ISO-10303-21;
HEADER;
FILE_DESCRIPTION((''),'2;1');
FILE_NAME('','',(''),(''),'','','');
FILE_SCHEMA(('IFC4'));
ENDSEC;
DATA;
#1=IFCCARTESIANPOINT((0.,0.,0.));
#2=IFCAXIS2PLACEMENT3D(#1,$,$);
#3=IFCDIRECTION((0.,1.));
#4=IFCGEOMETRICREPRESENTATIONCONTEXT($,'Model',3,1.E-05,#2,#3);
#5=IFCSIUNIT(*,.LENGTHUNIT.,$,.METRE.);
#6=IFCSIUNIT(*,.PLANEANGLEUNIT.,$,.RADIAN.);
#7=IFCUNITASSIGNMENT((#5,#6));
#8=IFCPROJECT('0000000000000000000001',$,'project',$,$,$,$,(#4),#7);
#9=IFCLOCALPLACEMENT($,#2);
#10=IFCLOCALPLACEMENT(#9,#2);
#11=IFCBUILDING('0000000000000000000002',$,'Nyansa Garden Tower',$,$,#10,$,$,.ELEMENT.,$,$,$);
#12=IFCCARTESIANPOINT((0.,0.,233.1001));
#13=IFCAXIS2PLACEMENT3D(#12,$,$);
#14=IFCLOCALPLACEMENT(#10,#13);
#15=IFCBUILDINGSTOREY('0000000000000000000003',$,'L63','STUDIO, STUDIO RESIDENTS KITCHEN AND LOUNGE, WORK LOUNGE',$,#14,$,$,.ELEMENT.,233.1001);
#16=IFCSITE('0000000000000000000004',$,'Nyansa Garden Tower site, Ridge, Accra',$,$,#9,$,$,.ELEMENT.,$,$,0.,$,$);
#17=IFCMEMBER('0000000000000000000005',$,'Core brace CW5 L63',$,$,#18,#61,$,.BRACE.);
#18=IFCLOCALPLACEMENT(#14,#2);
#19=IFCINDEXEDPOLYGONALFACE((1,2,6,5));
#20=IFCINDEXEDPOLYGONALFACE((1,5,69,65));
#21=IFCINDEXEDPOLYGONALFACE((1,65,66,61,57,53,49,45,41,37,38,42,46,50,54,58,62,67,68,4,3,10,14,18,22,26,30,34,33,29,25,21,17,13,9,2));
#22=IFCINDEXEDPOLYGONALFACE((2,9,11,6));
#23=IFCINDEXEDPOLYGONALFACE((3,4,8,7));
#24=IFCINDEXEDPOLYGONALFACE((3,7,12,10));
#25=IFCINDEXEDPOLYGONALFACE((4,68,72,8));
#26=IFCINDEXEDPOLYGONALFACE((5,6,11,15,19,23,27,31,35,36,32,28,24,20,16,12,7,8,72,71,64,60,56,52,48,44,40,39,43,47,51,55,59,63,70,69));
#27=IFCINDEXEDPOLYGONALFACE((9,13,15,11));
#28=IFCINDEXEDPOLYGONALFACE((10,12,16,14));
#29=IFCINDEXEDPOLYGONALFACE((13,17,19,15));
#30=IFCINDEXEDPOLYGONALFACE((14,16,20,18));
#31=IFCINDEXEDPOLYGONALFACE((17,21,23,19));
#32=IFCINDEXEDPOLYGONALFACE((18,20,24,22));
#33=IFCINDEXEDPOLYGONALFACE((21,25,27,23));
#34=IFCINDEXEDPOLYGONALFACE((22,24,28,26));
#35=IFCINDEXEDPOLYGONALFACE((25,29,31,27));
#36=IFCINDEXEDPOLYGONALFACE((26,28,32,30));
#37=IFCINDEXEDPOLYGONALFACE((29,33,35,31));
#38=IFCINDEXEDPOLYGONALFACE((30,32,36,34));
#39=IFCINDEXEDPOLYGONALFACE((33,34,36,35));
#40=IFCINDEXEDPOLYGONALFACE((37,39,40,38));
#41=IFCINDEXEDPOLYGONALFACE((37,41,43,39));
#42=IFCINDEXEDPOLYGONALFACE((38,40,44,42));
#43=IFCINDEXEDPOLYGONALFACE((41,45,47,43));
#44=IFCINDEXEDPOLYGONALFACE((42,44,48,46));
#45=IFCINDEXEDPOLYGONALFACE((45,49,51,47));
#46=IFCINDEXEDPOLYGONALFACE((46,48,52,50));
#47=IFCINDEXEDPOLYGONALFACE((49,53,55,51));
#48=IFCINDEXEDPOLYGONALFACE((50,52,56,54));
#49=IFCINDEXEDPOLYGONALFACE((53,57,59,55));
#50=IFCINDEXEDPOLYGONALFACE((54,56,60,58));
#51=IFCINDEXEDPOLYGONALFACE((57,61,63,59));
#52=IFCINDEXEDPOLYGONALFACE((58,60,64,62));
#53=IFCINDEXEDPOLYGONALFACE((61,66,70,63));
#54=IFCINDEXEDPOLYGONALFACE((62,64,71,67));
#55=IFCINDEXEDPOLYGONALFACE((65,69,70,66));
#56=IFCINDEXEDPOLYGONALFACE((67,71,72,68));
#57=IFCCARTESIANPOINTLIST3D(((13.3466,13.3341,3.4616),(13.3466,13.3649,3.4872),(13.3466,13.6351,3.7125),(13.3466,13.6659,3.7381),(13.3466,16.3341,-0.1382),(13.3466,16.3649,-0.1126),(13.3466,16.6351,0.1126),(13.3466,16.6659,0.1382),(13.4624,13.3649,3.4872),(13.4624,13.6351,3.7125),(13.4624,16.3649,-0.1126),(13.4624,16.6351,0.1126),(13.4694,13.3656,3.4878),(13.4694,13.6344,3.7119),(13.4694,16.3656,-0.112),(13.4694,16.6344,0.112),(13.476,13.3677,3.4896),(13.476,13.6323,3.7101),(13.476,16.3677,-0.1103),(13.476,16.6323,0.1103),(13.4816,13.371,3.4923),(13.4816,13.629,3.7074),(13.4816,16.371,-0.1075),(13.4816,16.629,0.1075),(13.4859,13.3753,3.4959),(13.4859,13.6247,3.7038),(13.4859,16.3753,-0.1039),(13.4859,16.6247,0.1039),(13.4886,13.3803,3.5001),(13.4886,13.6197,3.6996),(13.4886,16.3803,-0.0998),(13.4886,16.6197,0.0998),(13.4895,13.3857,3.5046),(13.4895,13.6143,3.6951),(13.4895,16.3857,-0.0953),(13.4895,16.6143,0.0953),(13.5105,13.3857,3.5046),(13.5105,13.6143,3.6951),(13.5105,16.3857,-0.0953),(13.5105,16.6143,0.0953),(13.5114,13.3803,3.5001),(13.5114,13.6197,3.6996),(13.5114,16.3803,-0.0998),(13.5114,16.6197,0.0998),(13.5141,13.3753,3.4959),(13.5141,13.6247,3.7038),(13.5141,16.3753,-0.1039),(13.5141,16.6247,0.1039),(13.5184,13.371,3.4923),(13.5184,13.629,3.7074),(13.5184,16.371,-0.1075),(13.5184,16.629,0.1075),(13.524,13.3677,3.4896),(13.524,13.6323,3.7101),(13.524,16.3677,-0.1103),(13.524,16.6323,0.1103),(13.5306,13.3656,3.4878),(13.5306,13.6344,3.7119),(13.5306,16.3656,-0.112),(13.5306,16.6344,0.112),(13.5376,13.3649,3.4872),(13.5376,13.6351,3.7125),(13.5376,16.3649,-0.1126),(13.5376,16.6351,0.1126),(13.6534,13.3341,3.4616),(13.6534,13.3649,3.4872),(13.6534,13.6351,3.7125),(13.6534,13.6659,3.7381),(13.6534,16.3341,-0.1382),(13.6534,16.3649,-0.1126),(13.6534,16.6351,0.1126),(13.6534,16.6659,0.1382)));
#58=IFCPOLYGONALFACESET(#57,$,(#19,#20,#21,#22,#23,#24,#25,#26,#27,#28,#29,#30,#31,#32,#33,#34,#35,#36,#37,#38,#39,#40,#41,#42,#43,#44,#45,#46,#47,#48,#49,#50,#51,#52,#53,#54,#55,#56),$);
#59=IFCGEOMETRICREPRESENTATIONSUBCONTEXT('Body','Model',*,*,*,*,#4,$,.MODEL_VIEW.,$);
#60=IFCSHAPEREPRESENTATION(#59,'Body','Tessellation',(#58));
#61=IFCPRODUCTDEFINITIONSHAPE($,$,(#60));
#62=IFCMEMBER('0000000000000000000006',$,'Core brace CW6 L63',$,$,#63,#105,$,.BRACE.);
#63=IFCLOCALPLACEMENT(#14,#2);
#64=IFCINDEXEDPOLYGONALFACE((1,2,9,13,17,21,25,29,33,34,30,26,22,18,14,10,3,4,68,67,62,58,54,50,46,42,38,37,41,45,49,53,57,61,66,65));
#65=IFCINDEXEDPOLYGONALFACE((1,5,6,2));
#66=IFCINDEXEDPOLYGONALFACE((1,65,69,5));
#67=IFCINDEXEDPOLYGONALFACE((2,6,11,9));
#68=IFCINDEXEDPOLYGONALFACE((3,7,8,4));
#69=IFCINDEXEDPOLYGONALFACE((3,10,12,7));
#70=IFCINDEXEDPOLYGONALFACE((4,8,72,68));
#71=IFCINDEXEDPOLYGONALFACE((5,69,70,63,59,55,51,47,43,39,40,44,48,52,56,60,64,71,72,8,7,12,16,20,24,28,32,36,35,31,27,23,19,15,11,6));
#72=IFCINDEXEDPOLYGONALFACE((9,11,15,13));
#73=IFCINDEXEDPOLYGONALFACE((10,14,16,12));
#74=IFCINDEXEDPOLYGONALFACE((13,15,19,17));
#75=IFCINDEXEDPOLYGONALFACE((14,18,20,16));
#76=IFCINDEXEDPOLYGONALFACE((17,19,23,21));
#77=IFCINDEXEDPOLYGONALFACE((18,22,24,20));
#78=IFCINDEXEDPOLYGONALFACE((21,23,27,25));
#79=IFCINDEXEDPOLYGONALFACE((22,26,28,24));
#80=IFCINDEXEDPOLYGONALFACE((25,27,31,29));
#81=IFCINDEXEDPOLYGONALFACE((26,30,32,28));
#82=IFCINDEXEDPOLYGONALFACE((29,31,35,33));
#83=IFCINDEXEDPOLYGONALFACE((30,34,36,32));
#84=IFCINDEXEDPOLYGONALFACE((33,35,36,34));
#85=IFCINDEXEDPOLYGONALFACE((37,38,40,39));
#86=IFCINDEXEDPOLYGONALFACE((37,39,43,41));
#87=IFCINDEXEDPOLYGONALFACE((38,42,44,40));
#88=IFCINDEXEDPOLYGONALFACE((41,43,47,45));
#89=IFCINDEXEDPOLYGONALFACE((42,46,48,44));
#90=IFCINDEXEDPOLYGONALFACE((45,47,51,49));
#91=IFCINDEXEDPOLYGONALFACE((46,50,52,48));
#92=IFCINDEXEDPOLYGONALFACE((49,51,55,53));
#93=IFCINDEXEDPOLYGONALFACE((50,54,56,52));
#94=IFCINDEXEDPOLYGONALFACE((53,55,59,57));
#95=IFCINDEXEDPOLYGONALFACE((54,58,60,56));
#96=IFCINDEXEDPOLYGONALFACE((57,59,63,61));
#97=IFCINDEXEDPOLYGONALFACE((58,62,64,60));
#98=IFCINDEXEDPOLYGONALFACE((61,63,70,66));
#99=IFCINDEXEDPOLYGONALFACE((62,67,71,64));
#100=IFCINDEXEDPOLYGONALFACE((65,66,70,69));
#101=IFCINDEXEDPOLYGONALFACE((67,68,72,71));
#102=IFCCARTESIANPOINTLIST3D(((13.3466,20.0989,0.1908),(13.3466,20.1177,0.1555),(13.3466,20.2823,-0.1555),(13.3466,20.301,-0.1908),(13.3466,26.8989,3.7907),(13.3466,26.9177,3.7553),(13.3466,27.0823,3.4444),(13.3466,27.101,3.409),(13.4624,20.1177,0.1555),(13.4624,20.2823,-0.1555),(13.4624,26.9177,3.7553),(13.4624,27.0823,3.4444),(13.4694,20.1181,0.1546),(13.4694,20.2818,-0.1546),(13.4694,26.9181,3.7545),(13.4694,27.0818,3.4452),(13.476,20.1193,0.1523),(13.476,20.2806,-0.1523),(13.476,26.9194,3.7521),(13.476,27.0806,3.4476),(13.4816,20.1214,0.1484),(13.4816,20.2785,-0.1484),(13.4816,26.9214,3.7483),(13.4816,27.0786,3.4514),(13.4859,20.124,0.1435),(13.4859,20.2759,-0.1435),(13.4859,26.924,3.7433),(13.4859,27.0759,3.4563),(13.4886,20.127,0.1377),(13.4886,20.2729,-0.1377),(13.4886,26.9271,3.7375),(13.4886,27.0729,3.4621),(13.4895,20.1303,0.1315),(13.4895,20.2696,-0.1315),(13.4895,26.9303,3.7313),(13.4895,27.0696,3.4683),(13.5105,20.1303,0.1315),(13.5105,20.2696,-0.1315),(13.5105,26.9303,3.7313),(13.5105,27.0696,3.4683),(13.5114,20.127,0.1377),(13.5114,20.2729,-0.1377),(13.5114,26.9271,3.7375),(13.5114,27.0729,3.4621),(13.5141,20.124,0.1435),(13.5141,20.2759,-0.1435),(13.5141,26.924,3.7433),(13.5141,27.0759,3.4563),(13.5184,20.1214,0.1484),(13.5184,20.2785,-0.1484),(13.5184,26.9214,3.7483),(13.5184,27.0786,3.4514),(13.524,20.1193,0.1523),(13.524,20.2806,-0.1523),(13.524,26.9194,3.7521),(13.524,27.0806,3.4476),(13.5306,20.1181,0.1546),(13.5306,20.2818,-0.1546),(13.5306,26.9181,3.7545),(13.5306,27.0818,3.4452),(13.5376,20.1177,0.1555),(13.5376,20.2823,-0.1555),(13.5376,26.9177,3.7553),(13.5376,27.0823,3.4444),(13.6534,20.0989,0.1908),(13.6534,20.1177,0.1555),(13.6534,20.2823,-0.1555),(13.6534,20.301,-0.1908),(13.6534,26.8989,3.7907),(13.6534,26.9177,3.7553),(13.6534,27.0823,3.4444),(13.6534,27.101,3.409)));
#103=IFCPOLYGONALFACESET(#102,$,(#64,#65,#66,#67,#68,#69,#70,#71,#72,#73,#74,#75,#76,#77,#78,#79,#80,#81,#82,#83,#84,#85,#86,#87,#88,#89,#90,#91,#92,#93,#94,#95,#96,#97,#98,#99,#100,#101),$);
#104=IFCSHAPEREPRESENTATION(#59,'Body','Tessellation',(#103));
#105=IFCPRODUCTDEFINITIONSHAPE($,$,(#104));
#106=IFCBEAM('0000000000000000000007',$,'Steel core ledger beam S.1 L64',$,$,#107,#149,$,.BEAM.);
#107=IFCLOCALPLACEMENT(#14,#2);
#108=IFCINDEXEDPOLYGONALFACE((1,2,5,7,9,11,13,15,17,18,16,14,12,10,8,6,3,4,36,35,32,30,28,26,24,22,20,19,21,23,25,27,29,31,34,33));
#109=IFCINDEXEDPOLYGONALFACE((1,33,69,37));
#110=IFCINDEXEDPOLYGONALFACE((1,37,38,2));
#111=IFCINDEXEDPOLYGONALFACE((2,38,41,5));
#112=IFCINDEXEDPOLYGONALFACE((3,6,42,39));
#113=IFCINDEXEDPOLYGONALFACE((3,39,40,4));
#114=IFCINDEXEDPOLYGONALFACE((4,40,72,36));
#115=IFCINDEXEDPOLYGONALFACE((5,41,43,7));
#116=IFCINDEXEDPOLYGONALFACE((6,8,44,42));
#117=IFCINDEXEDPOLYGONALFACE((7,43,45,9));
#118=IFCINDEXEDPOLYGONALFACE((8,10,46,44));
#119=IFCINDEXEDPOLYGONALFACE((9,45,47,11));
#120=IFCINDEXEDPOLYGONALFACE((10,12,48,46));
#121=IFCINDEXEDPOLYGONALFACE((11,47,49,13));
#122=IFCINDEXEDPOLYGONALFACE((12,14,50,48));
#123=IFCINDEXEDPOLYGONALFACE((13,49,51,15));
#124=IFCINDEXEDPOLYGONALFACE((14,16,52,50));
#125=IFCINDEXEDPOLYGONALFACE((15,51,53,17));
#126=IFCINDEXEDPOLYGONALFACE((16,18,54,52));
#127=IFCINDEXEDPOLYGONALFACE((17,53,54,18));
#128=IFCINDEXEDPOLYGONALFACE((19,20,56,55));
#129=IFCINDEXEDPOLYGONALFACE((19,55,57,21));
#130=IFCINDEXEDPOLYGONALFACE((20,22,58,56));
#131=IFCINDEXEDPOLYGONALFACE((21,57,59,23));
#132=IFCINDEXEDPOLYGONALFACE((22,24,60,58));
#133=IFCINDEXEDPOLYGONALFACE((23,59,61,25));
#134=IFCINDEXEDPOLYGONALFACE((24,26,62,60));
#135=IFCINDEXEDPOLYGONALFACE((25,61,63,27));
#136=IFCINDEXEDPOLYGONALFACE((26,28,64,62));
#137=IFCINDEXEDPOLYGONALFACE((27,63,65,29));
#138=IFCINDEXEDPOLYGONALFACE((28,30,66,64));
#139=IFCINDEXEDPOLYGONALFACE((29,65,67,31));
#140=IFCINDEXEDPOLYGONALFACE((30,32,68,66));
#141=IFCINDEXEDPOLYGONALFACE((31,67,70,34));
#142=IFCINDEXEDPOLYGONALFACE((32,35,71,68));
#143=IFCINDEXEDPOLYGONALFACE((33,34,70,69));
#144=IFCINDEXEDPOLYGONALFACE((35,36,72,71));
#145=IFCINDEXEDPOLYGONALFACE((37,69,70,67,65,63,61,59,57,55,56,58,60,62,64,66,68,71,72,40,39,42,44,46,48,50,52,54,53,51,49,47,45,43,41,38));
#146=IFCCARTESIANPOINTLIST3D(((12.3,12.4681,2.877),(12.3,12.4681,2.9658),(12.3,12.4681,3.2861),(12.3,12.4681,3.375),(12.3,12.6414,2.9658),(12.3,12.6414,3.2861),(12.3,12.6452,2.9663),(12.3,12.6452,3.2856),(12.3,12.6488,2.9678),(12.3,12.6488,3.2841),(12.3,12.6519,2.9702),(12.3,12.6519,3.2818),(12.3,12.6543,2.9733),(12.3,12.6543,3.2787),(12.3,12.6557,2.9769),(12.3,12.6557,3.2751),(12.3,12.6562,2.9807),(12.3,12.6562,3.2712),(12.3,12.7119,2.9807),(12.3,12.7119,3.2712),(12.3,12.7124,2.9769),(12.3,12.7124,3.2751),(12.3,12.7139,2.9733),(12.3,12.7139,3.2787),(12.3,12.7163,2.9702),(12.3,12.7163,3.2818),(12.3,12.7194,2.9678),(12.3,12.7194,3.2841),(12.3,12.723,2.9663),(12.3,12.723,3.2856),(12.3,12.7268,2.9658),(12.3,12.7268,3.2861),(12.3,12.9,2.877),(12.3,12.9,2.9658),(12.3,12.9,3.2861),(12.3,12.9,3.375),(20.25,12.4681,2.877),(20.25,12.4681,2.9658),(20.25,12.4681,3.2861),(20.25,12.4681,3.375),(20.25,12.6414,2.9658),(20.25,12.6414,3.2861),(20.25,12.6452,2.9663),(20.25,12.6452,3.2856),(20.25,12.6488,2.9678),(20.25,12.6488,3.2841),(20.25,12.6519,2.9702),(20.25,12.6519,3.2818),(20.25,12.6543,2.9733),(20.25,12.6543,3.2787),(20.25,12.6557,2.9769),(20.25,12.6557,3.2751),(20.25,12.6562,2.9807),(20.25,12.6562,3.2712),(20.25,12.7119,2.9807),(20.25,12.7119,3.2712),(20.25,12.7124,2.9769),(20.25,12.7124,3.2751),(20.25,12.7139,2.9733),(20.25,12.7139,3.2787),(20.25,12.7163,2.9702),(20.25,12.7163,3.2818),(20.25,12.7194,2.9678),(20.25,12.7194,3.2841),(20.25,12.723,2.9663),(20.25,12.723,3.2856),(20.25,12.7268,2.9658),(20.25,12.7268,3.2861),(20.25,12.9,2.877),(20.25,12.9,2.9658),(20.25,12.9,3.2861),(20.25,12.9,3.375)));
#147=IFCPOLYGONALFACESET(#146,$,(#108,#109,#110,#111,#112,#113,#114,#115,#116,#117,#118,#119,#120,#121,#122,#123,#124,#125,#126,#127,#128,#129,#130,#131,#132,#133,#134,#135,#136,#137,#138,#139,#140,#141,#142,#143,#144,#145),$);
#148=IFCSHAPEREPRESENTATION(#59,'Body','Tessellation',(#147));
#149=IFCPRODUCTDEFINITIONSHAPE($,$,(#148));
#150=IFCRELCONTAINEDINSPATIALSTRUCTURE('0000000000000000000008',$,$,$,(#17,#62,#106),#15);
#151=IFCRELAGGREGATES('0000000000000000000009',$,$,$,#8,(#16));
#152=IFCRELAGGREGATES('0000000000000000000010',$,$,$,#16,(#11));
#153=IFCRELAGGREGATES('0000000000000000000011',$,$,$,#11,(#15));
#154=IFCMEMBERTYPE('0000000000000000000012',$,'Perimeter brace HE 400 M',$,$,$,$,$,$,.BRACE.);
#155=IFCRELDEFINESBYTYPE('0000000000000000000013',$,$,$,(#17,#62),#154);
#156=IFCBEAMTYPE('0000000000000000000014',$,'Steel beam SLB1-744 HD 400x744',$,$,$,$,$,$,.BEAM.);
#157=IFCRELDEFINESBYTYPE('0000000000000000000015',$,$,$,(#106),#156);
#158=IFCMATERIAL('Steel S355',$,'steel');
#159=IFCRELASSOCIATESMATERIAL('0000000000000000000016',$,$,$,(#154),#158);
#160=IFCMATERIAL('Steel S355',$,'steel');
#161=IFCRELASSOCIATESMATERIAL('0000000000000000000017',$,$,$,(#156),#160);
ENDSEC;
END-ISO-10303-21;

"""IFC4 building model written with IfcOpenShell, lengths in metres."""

from ifc_helpers import new_model, si_unit, direction, frame, origin, origin_2d, place, context, subcontext, project, spatial, i_section, extrude, material, material_profile, profile_set, type_object, element, save


model = new_model("IFC4")

# Units and contexts
model_context = context("Model", 3, precision=1e-05, world=origin(), true_north=direction((0.0, 1.0)))
body_context = subcontext(model_context, "Body", "Model", "MODEL_VIEW")
ifc_project = project(units=[si_unit("LENGTHUNIT", "METRE"), si_unit("PLANEANGLEUNIT", "RADIAN")], contexts=[model_context])

# Site, building, storey
site_placement = place(None, origin())
site = spatial("IfcSite", under=ifc_project, at=site_placement, Name="Nyansa Garden Tower site, Ridge, Accra", CompositionType="ELEMENT", RefElevation=0.0)
building_placement = place(site_placement, origin())
building = spatial("IfcBuilding", under=site, at=building_placement, Name="Nyansa Garden Tower", CompositionType="ELEMENT")
storey_placement = place(building_placement, frame((0.0, 0.0, 233.1001)))
storey = spatial("IfcBuildingStorey", under=building, at=storey_placement, Name="L63", Description="STUDIO, STUDIO RESIDENTS KITCHEN AND LOUNGE, WORK LOUNGE", CompositionType="ELEMENT", Elevation=233.1001)

# Members
ifc_material_1 = material(Name="Steel S355", Category="steel")
ifc_material_profile_1 = material_profile(ifc_material_1, i_section(OverallWidth=0.3069, OverallDepth=0.4319, WebThickness=0.021, FlangeThickness=0.04, FilletRadius=0.0271, at=origin_2d()), Name="HE 400 M")
ifc_profile_set_1 = profile_set([ifc_material_profile_1], Name="Steel S355")
member_type = type_object("IfcMemberType", Name="Perimeter brace HE 400 M", PredefinedType="BRACE", material=ifc_profile_set_1)
member_1_placement = place(storey_placement, frame((13.5, 16.5, 0.0), z_axis=(0.0, -0.6402, 0.768208), x_axis=(1.0, 0.0, 0.0)))
element("IfcMember", 1, at=member_1_placement, inside=storey, type_object=member_type, Name="Core brace CW5 L63", PredefinedType="BRACE", context=body_context, shape_type="SweptSolid", body=[
    extrude(i_section(OverallWidth=0.3069, OverallDepth=0.4319, WebThickness=0.021, FlangeThickness=0.04, FilletRadius=0.0271, at=origin_2d()), origin(), (0.0, 0.0, 1.0), 4.686),
])
member_2_placement = place(storey_placement, frame((13.5, 20.2, 0.0), z_axis=(0.0, 0.883797, 0.46787), x_axis=(-1.0, 0.0, 0.0)))
element("IfcMember", 2, at=member_2_placement, inside=storey, type_object=member_type, Name="Core brace CW6 L63", PredefinedType="BRACE", context=body_context, shape_type="SweptSolid", body=[
    extrude(i_section(OverallWidth=0.3069, OverallDepth=0.4319, WebThickness=0.021, FlangeThickness=0.04, FilletRadius=0.0271, at=origin_2d()), origin(), (0.0, 0.0, 1.0), 7.6941),
])

# Beam
ifc_material_2 = material(Name="Steel S355", Category="steel")
ifc_material_profile_2 = material_profile(ifc_material_2, i_section(OverallWidth=0.4319, OverallDepth=0.498, WebThickness=0.0557, FlangeThickness=0.0889, FilletRadius=0.0149, at=origin_2d()), Name="HD 400x744")
ifc_profile_set_2 = profile_set([ifc_material_profile_2], Name="Steel S355")
beam_type = type_object("IfcBeamType", Name="Steel beam SLB1-744 HD 400x744", PredefinedType="BEAM", material=ifc_profile_set_2)
beam_placement = place(storey_placement, frame((12.3, 12.6841, 3.126), z_axis=(1.0, 0.0, 0.0), x_axis=(0.0, 1.0, 0.0)))
element("IfcBeam", 3, at=beam_placement, inside=storey, type_object=beam_type, Name="Steel core ledger beam S.1 L64", PredefinedType="BEAM", context=body_context, shape_type="SweptSolid", body=[
    extrude(i_section(OverallWidth=0.4319, OverallDepth=0.498, WebThickness=0.0557, FlangeThickness=0.0889, FilletRadius=0.0149, at=origin_2d()), origin(), (0.0, 0.0, 1.0), 7.95),
])

save(model, "model.ifc")
